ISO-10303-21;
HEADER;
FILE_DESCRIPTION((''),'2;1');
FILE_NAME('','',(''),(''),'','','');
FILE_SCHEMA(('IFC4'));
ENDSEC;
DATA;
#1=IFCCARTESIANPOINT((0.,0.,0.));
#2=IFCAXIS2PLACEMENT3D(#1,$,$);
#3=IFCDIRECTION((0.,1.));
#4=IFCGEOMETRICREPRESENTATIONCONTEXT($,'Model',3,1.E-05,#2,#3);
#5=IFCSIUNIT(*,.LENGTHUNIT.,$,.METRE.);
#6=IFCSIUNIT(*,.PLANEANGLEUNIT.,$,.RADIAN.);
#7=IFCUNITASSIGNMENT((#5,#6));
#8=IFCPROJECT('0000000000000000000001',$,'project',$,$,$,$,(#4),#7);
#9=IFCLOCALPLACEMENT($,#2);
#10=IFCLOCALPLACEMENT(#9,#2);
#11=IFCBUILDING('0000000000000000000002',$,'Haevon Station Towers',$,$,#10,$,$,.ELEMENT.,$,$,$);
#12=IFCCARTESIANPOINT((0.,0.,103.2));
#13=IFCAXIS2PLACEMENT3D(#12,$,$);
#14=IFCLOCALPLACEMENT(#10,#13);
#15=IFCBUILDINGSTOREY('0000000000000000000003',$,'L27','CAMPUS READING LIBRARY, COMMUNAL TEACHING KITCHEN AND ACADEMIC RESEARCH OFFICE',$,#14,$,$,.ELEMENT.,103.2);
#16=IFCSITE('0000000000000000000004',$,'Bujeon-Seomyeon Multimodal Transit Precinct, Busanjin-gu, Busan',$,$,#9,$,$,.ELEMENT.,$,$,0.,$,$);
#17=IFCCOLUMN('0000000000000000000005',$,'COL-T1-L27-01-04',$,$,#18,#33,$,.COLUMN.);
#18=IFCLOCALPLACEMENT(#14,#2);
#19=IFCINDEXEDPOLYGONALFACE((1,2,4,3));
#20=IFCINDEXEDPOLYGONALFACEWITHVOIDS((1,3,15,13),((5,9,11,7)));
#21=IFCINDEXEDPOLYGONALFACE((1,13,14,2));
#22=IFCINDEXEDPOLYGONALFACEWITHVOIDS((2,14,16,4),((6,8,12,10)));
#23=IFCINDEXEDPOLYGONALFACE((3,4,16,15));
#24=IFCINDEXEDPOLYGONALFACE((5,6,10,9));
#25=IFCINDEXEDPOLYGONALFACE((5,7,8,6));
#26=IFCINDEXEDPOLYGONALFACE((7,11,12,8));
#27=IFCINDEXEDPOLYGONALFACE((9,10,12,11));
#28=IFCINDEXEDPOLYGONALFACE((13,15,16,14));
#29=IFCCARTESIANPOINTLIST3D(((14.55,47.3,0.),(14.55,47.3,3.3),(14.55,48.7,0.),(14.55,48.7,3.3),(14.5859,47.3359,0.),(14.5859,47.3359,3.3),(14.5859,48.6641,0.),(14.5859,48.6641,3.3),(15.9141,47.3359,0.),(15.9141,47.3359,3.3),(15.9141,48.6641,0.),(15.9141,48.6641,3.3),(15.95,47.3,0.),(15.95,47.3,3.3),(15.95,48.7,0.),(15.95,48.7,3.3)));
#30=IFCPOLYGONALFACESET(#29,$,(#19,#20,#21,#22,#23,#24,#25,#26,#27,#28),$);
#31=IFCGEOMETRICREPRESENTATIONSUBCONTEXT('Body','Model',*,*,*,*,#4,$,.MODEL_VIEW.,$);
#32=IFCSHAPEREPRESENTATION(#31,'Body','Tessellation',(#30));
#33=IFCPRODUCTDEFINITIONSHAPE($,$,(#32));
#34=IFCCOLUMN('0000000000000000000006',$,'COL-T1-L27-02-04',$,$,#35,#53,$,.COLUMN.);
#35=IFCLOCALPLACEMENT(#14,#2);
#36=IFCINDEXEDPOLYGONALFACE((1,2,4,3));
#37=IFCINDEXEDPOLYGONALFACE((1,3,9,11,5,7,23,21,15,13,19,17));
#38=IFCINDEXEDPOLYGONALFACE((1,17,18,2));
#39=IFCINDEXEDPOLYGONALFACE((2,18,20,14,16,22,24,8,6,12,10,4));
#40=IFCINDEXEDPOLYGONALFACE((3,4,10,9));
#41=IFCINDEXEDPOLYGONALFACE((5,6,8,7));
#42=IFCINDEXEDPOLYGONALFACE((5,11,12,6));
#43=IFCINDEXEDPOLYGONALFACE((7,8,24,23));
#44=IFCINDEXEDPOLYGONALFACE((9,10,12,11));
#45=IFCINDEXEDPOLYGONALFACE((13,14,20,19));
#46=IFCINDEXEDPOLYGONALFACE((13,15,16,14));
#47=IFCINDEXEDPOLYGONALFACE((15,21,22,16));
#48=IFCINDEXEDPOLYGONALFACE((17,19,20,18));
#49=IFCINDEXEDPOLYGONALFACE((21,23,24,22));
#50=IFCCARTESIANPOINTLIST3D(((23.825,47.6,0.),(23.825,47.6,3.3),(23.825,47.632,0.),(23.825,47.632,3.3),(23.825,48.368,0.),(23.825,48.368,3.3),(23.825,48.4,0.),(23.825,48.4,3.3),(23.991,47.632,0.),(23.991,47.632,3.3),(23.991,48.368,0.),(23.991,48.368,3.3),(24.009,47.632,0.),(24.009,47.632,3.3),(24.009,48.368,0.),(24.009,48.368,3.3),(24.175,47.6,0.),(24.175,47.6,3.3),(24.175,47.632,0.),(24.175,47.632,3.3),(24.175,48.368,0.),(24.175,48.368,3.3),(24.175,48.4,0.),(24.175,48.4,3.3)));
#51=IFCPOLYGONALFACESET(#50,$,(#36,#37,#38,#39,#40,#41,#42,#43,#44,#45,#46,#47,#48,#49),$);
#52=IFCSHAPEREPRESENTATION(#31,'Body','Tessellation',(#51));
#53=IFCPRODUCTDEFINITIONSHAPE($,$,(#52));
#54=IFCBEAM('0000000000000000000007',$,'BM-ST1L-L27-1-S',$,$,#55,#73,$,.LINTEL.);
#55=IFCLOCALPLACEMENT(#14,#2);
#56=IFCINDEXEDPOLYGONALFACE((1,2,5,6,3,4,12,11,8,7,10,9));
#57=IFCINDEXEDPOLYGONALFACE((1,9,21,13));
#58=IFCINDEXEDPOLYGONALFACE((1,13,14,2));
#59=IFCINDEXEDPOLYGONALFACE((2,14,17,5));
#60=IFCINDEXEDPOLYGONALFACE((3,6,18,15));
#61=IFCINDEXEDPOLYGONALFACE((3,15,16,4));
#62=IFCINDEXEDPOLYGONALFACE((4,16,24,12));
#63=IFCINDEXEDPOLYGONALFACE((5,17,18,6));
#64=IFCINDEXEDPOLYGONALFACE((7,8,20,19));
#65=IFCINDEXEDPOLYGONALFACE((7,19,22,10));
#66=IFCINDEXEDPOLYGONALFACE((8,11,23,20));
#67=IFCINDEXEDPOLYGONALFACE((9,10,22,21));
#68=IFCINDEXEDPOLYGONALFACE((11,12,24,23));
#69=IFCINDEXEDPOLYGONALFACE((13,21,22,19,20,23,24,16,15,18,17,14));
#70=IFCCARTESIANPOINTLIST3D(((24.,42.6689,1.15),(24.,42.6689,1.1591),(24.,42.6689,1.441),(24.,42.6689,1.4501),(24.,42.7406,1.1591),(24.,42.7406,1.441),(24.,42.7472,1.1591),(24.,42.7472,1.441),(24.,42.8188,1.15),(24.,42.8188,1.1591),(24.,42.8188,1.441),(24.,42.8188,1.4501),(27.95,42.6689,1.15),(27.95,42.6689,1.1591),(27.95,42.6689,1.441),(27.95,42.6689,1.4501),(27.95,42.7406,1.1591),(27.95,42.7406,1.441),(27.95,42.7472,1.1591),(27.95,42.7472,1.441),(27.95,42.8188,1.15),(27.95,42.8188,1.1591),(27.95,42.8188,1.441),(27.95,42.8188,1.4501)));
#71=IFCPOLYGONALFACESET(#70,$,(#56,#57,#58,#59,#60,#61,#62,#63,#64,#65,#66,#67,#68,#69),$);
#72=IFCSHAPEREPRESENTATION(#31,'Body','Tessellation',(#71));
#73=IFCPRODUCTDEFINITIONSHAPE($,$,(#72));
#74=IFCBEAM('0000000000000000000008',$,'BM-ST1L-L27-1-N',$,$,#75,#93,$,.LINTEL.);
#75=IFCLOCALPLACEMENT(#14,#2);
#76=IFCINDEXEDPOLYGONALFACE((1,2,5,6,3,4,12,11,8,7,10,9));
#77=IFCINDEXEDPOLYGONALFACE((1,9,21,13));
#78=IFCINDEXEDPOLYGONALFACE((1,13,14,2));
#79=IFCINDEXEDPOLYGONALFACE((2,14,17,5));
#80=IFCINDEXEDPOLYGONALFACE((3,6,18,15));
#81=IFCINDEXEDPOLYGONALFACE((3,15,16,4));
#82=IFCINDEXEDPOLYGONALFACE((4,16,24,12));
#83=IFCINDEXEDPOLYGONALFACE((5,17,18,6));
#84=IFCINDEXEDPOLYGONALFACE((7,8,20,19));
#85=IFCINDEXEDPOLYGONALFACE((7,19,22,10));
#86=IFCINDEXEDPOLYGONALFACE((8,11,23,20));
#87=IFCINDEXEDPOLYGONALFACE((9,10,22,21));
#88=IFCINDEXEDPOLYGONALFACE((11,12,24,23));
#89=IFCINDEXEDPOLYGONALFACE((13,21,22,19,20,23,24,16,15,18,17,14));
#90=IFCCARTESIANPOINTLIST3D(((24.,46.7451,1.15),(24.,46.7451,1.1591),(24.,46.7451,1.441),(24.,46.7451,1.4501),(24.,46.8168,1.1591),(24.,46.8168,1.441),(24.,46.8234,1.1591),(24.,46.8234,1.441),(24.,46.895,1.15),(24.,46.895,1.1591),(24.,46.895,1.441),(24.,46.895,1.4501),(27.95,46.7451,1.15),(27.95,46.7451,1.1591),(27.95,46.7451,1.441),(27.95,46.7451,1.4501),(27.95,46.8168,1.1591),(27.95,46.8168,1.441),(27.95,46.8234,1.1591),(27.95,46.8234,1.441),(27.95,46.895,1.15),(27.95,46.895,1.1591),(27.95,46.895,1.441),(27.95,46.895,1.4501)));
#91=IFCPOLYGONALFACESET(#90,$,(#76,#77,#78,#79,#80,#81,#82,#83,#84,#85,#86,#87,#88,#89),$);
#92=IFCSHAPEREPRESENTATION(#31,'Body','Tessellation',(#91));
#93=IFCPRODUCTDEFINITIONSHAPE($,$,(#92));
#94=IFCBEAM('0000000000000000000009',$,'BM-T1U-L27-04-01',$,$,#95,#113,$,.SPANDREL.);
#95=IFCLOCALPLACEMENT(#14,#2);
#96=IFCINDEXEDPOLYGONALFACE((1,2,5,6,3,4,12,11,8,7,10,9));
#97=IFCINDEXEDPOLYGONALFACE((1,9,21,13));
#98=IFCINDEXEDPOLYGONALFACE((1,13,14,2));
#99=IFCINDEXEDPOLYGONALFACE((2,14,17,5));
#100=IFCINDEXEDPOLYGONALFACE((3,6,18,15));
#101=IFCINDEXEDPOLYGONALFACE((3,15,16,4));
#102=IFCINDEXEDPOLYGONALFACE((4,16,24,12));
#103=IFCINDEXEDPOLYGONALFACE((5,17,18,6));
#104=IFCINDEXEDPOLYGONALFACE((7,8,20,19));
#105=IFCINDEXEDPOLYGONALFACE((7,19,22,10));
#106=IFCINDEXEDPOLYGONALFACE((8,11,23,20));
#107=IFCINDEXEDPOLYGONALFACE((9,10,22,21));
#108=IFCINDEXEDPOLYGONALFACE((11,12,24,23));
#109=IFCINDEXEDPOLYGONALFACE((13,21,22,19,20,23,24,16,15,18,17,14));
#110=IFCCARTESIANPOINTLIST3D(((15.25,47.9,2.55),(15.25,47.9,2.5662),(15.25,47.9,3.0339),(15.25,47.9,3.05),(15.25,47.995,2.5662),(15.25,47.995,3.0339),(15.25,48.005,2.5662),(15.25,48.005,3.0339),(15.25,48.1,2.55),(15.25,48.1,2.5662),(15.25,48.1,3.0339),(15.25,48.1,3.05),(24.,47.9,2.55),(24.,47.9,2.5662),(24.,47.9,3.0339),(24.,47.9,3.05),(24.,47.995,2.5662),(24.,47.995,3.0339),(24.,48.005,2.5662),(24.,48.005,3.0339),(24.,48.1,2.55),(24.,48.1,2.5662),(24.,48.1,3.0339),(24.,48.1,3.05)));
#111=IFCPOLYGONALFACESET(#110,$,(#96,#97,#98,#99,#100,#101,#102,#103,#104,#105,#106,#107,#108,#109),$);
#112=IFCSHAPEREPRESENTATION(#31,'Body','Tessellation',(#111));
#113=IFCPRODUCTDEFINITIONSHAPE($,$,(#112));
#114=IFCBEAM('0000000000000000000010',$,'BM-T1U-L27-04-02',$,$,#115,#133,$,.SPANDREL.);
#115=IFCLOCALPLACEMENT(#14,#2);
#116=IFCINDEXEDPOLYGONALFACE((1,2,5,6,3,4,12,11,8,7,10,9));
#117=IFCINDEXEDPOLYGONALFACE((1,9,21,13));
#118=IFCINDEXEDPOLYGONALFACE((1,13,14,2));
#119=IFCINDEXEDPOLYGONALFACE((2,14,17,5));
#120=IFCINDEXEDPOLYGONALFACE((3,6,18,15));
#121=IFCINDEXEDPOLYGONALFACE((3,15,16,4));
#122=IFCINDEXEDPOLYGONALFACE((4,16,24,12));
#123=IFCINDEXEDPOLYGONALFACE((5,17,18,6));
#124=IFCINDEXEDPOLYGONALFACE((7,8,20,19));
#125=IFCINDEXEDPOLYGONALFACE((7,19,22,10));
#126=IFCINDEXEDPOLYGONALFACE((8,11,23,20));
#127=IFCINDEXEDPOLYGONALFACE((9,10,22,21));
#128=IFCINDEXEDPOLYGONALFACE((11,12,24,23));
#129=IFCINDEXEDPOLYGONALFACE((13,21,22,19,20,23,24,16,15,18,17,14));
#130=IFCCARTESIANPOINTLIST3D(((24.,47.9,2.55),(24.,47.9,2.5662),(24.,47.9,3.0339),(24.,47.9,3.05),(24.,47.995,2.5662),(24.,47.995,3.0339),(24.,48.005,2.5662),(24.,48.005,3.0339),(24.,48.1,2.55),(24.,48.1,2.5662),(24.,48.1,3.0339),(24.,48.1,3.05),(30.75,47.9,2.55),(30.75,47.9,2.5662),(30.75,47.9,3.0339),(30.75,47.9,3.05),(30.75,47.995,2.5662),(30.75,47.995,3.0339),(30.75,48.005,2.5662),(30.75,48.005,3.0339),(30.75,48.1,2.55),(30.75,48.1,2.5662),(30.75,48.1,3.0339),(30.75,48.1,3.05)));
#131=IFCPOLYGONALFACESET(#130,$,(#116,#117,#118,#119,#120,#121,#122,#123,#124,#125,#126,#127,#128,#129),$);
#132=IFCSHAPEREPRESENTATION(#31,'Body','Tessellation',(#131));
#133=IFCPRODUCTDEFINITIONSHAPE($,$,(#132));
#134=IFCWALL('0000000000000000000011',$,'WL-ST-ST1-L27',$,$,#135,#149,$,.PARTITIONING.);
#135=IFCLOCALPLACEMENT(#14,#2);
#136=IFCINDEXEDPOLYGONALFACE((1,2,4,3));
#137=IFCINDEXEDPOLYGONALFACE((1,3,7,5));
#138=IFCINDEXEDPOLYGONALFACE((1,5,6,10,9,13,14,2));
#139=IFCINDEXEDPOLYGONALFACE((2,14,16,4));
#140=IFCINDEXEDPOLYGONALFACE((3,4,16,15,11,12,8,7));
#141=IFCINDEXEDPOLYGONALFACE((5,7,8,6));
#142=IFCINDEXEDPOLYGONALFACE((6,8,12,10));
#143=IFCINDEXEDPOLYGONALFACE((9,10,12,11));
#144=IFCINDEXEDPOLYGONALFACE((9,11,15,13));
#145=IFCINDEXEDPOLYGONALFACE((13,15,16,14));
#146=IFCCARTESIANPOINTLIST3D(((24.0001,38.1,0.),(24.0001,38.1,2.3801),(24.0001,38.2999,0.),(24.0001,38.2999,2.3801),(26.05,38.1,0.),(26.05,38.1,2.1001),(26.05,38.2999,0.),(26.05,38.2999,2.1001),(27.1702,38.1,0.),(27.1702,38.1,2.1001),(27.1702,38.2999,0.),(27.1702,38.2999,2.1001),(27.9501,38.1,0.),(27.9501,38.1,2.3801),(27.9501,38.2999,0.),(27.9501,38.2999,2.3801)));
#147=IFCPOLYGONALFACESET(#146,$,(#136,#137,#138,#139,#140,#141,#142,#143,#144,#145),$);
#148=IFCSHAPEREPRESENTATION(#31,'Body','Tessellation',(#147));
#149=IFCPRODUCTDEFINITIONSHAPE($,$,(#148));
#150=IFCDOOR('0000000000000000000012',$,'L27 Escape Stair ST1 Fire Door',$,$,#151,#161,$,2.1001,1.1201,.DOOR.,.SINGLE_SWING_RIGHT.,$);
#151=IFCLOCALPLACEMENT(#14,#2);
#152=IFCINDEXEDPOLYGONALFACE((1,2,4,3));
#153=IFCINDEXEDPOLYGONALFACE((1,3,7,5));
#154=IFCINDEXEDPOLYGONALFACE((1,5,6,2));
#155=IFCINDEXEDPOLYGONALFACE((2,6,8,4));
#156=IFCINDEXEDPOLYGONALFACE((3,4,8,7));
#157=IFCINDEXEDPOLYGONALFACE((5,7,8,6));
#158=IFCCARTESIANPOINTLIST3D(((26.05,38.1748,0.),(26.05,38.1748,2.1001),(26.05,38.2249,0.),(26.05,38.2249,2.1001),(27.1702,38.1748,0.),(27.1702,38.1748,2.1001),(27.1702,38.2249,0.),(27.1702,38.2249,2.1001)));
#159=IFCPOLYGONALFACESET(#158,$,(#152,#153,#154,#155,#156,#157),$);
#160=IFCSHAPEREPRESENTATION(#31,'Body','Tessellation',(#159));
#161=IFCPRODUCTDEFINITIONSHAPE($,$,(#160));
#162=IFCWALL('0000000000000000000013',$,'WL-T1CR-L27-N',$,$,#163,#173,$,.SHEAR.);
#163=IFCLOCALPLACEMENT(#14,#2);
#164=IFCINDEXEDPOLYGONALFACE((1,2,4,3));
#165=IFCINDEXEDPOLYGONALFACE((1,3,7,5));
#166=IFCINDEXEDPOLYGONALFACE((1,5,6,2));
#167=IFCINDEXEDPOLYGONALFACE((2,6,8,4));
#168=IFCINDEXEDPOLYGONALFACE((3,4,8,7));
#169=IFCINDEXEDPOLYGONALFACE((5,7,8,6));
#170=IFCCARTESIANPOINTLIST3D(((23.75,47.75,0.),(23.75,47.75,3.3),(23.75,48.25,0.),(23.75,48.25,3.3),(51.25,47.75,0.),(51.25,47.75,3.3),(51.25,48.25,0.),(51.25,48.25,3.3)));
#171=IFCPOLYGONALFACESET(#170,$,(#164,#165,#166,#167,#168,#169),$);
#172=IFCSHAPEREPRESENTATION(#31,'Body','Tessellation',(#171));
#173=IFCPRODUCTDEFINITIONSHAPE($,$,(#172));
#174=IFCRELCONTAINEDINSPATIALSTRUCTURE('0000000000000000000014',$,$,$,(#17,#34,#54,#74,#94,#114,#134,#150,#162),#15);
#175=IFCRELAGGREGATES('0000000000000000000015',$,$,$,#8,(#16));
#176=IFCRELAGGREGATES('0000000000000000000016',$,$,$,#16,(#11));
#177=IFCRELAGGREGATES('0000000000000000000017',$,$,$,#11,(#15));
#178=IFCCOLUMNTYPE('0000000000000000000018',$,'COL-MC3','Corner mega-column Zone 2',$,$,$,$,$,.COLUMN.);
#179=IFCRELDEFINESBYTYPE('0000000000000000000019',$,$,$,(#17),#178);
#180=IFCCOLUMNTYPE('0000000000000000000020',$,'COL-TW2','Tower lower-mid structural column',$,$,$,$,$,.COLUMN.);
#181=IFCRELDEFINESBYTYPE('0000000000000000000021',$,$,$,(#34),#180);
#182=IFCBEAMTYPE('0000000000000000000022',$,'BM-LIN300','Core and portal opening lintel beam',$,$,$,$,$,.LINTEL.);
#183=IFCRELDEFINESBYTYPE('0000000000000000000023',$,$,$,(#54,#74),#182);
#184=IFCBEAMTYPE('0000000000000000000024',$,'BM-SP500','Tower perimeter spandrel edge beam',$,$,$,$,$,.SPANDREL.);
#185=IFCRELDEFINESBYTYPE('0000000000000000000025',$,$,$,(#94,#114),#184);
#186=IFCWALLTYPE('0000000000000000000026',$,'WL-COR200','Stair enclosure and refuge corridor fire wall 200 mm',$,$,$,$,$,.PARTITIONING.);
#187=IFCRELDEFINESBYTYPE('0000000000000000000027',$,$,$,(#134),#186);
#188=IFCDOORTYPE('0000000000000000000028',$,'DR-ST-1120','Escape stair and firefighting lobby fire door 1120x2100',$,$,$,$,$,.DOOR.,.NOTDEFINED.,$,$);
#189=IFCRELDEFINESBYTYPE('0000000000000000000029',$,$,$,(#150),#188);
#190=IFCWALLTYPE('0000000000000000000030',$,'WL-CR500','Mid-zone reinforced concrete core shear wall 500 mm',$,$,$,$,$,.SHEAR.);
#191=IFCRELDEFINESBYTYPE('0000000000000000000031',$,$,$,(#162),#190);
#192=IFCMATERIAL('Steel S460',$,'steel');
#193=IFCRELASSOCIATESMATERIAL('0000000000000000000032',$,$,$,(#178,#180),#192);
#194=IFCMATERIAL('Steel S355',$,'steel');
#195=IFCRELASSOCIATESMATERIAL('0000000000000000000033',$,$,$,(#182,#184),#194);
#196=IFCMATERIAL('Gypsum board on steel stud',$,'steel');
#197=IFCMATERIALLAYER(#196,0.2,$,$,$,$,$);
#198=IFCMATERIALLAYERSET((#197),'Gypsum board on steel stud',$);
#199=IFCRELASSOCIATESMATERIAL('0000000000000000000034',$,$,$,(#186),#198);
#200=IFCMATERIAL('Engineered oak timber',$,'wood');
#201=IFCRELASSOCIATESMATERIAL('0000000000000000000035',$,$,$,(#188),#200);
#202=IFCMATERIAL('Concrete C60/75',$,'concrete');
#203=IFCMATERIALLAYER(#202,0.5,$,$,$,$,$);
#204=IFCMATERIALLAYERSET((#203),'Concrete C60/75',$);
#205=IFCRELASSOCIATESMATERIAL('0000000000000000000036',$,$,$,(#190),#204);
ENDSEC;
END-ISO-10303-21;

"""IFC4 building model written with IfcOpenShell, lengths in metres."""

from ifc_helpers import new_model, si_unit, direction, frame, frame_2d, origin, origin_2d, place, context, subcontext, project, spatial, rectangle, hollow_rectangle, i_section, extrude, material, layer, layer_set, material_profile, profile_set, type_object, element, fill, save


model = new_model("IFC4")

# Units and contexts
model_context = context("Model", 3, precision=1e-05, world=origin(), true_north=direction((0.0, 1.0)))
body_context = subcontext(model_context, "Body", "Model", "MODEL_VIEW")
ifc_project = project(units=[si_unit("LENGTHUNIT", "METRE"), si_unit("PLANEANGLEUNIT", "RADIAN")], contexts=[model_context])

# Site, building, storey
site_placement = place(None, origin())
site = spatial("IfcSite", under=ifc_project, at=site_placement, Name="Bujeon-Seomyeon Multimodal Transit Precinct, Busanjin-gu, Busan", CompositionType="ELEMENT", RefElevation=0.0)
building_placement = place(site_placement, origin())
building = spatial("IfcBuilding", under=site, at=building_placement, Name="Haevon Station Towers", CompositionType="ELEMENT")
storey_placement = place(building_placement, frame((0.0, 0.0, 103.2)))
storey = spatial("IfcBuildingStorey", under=building, at=storey_placement, Name="L27", Description="CAMPUS READING LIBRARY, COMMUNAL TEACHING KITCHEN AND ACADEMIC RESEARCH OFFICE", CompositionType="ELEMENT", Elevation=103.2)

# Columns
ifc_material_1 = material(Name="Steel S460", Category="steel")
ifc_material_profile_1 = material_profile(ifc_material_1, hollow_rectangle(XDim=1.3999, YDim=1.3999, WallThickness=0.0359, at=origin_2d()), Name="BOX-1400x1400x36")
ifc_profile_set_1 = profile_set([ifc_material_profile_1], Name="Steel S460")
column_type_1 = type_object("IfcColumnType", Name="COL-MC3", Description="Corner mega-column Zone 2", PredefinedType="COLUMN", material=ifc_profile_set_1)
column_1_placement = place(storey_placement, frame((15.25, 48.0, 0.0), z_axis=(0.0, 0.0, 1.0), x_axis=(1.0, 0.0, 0.0)))
element("IfcColumn", 1, at=column_1_placement, inside=storey, type_object=column_type_1, Name="COL-T1-L27-01-04", PredefinedType="COLUMN", context=body_context, shape_type="SweptSolid", body=[
    extrude(hollow_rectangle(XDim=1.3999, YDim=1.3999, WallThickness=0.0359, at=origin_2d()), origin(), (0.0, 0.0, 1.0), 3.3),
])
ifc_material_profile_2 = material_profile(ifc_material_1, i_section(OverallWidth=0.3501, OverallDepth=0.8, WebThickness=0.0181, FlangeThickness=0.032, at=origin_2d()), Name="H-800x350x18x32")
ifc_profile_set_2 = profile_set([ifc_material_profile_2], Name="Steel S460")
column_type_2 = type_object("IfcColumnType", Name="COL-TW2", Description="Tower lower-mid structural column", PredefinedType="COLUMN", material=ifc_profile_set_2)
column_2_placement = place(storey_placement, frame((24.0, 48.0, 0.0), z_axis=(0.0, 0.0, 1.0), x_axis=(1.0, 0.0, 0.0)))
element("IfcColumn", 2, at=column_2_placement, inside=storey, type_object=column_type_2, Name="COL-T1-L27-02-04", PredefinedType="COLUMN", context=body_context, shape_type="SweptSolid", body=[
    extrude(i_section(OverallWidth=0.3501, OverallDepth=0.8, WebThickness=0.0181, FlangeThickness=0.032, at=origin_2d()), origin(), (0.0, 0.0, 1.0), 3.3),
])

# Beams
ifc_material_2 = material(Name="Steel S355", Category="steel")
ifc_material_profile_3 = material_profile(ifc_material_2, i_section(OverallWidth=0.1499, OverallDepth=0.3, WebThickness=0.0066, FlangeThickness=0.009, at=origin_2d()), Name="H-300x150x6.5x9")
ifc_profile_set_3 = profile_set([ifc_material_profile_3], Name="Steel S355")
beam_type_1 = type_object("IfcBeamType", Name="BM-LIN300", Description="Core and portal opening lintel beam", PredefinedType="LINTEL", material=ifc_profile_set_3)
for number, where, z_axis, x_axis, name in (
    (3, (24.0, 42.7439, 1.3), (1.0, 0.0, 0.0), (0.0, 1.0, 0.0), "BM-ST1L-L27-1-S"),
    (4, (24.0, 46.8201, 1.3), (1.0, 0.0, 0.0), (0.0, 1.0, 0.0), "BM-ST1L-L27-1-N"),
):
    element("IfcBeam", number, at=place(storey_placement, frame(where, z_axis=z_axis, x_axis=x_axis)), inside=storey, type_object=beam_type_1, Name=name, PredefinedType="LINTEL", context=body_context, shape_type="SweptSolid", body=[
        extrude(i_section(OverallWidth=0.1499, OverallDepth=0.3, WebThickness=0.0066, FlangeThickness=0.009, at=origin_2d()), origin(), (0.0, 0.0, 1.0), 3.95),
    ])
ifc_material_profile_4 = material_profile(ifc_material_2, i_section(OverallWidth=0.2, OverallDepth=0.5, WebThickness=0.01, FlangeThickness=0.0161, at=origin_2d()), Name="H-500x200x10x16")
ifc_profile_set_4 = profile_set([ifc_material_profile_4], Name="Steel S355")
beam_type_2 = type_object("IfcBeamType", Name="BM-SP500", Description="Tower perimeter spandrel edge beam", PredefinedType="SPANDREL", material=ifc_profile_set_4)
beam_1_placement = place(storey_placement, frame((15.25, 48.0, 2.8), z_axis=(1.0, 0.0, 0.0), x_axis=(0.0, 1.0, 0.0)))
element("IfcBeam", 5, at=beam_1_placement, inside=storey, type_object=beam_type_2, Name="BM-T1U-L27-04-01", PredefinedType="SPANDREL", context=body_context, shape_type="SweptSolid", body=[
    extrude(i_section(OverallWidth=0.2, OverallDepth=0.5, WebThickness=0.01, FlangeThickness=0.0161, at=origin_2d()), origin(), (0.0, 0.0, 1.0), 8.75),
])
beam_2_placement = place(storey_placement, frame((24.0, 48.0, 2.8), z_axis=(1.0, 0.0, 0.0), x_axis=(0.0, 1.0, 0.0)))
element("IfcBeam", 6, at=beam_2_placement, inside=storey, type_object=beam_type_2, Name="BM-T1U-L27-04-02", PredefinedType="SPANDREL", context=body_context, shape_type="SweptSolid", body=[
    extrude(i_section(OverallWidth=0.2, OverallDepth=0.5, WebThickness=0.01, FlangeThickness=0.0161, at=origin_2d()), origin(), (0.0, 0.0, 1.0), 6.75),
])

# Wall, opening, door
ifc_material_3 = material(Name="Gypsum board on steel stud", Category="steel")
ifc_layer_1 = layer(ifc_material_3, 0.2)
ifc_layer_set_1 = layer_set([ifc_layer_1], Name="Gypsum board on steel stud")
wall_type_1 = type_object("IfcWallType", Name="WL-COR200", Description="Stair enclosure and refuge corridor fire wall 200 mm", PredefinedType="PARTITIONING", material=ifc_layer_set_1)
wall_1_placement = place(storey_placement, frame((24.0, 38.2, 0.0), z_axis=(0.0, 0.0, 1.0), x_axis=(1.0, 0.0, 0.0)))
wall_1 = element("IfcWall", 7, at=wall_1_placement, inside=storey, type_object=wall_type_1, Name="WL-ST-ST1-L27", PredefinedType="PARTITIONING", context=body_context, shape_type="SweptSolid", body=[
    extrude(rectangle(XDim=3.95, YDim=0.2, at=frame_2d((1.9751, 0.0))), origin(), (0.0, 0.0, 1.0), 2.3801),
])
opening_placement = place(wall_1_placement, frame((2.05, 0.0, 0.0)))
opening = element("IfcOpeningElement", 8, at=opening_placement, cuts=wall_1, PredefinedType="OPENING", context=body_context, shape_type="SweptSolid", body=[
    extrude(rectangle(XDim=1.1201, YDim=2.1001, at=frame_2d((0.5601, 1.05))), frame((0.0, 0.1099, 0.0), z_axis=(0.0, -1.0, 0.0), x_axis=(1.0, 0.0, 0.0)), (0.0, 0.0, 1.0), 0.22),
])
ifc_material_4 = material(Name="Engineered oak timber", Category="wood")
door_type = type_object("IfcDoorType", Name="DR-ST-1120", Description="Escape stair and firefighting lobby fire door 1120x2100", OperationType="NOTDEFINED", PredefinedType="DOOR", material=ifc_material_4)
door_placement = place(opening_placement, origin())
door = element("IfcDoor", 9, at=door_placement, inside=storey, type_object=door_type, Name="L27 Escape Stair ST1 Fire Door", OperationType="SINGLE_SWING_RIGHT", OverallHeight=2.1001, OverallWidth=1.1201, PredefinedType="DOOR", context=body_context, shape_type="SweptSolid", body=[
    extrude(rectangle(XDim=1.1201, YDim=2.1001, at=frame_2d((0.5601, 1.05))), frame((0.0, 0.0249, 0.0), z_axis=(0.0, -1.0, 0.0), x_axis=(1.0, 0.0, 0.0)), (0.0, 0.0, 1.0), 0.05),
])
fill(opening, door)

# Wall
ifc_material_5 = material(Name="Concrete C60/75", Category="concrete")
ifc_layer_2 = layer(ifc_material_5, 0.5)
ifc_layer_set_2 = layer_set([ifc_layer_2], Name="Concrete C60/75")
wall_type_2 = type_object("IfcWallType", Name="WL-CR500", Description="Mid-zone reinforced concrete core shear wall 500 mm", PredefinedType="SHEAR", material=ifc_layer_set_2)
wall_2_placement = place(storey_placement, frame((23.75, 48.0, 0.0), z_axis=(0.0, 0.0, 1.0), x_axis=(1.0, 0.0, 0.0)))
element("IfcWall", 10, at=wall_2_placement, inside=storey, type_object=wall_type_2, Name="WL-T1CR-L27-N", PredefinedType="SHEAR", context=body_context, shape_type="SweptSolid", body=[
    extrude(rectangle(XDim=27.5, YDim=0.5, at=frame_2d((13.75, 0.0))), origin(), (0.0, 0.0, 1.0), 3.3),
])

save(model, "model.ifc")
